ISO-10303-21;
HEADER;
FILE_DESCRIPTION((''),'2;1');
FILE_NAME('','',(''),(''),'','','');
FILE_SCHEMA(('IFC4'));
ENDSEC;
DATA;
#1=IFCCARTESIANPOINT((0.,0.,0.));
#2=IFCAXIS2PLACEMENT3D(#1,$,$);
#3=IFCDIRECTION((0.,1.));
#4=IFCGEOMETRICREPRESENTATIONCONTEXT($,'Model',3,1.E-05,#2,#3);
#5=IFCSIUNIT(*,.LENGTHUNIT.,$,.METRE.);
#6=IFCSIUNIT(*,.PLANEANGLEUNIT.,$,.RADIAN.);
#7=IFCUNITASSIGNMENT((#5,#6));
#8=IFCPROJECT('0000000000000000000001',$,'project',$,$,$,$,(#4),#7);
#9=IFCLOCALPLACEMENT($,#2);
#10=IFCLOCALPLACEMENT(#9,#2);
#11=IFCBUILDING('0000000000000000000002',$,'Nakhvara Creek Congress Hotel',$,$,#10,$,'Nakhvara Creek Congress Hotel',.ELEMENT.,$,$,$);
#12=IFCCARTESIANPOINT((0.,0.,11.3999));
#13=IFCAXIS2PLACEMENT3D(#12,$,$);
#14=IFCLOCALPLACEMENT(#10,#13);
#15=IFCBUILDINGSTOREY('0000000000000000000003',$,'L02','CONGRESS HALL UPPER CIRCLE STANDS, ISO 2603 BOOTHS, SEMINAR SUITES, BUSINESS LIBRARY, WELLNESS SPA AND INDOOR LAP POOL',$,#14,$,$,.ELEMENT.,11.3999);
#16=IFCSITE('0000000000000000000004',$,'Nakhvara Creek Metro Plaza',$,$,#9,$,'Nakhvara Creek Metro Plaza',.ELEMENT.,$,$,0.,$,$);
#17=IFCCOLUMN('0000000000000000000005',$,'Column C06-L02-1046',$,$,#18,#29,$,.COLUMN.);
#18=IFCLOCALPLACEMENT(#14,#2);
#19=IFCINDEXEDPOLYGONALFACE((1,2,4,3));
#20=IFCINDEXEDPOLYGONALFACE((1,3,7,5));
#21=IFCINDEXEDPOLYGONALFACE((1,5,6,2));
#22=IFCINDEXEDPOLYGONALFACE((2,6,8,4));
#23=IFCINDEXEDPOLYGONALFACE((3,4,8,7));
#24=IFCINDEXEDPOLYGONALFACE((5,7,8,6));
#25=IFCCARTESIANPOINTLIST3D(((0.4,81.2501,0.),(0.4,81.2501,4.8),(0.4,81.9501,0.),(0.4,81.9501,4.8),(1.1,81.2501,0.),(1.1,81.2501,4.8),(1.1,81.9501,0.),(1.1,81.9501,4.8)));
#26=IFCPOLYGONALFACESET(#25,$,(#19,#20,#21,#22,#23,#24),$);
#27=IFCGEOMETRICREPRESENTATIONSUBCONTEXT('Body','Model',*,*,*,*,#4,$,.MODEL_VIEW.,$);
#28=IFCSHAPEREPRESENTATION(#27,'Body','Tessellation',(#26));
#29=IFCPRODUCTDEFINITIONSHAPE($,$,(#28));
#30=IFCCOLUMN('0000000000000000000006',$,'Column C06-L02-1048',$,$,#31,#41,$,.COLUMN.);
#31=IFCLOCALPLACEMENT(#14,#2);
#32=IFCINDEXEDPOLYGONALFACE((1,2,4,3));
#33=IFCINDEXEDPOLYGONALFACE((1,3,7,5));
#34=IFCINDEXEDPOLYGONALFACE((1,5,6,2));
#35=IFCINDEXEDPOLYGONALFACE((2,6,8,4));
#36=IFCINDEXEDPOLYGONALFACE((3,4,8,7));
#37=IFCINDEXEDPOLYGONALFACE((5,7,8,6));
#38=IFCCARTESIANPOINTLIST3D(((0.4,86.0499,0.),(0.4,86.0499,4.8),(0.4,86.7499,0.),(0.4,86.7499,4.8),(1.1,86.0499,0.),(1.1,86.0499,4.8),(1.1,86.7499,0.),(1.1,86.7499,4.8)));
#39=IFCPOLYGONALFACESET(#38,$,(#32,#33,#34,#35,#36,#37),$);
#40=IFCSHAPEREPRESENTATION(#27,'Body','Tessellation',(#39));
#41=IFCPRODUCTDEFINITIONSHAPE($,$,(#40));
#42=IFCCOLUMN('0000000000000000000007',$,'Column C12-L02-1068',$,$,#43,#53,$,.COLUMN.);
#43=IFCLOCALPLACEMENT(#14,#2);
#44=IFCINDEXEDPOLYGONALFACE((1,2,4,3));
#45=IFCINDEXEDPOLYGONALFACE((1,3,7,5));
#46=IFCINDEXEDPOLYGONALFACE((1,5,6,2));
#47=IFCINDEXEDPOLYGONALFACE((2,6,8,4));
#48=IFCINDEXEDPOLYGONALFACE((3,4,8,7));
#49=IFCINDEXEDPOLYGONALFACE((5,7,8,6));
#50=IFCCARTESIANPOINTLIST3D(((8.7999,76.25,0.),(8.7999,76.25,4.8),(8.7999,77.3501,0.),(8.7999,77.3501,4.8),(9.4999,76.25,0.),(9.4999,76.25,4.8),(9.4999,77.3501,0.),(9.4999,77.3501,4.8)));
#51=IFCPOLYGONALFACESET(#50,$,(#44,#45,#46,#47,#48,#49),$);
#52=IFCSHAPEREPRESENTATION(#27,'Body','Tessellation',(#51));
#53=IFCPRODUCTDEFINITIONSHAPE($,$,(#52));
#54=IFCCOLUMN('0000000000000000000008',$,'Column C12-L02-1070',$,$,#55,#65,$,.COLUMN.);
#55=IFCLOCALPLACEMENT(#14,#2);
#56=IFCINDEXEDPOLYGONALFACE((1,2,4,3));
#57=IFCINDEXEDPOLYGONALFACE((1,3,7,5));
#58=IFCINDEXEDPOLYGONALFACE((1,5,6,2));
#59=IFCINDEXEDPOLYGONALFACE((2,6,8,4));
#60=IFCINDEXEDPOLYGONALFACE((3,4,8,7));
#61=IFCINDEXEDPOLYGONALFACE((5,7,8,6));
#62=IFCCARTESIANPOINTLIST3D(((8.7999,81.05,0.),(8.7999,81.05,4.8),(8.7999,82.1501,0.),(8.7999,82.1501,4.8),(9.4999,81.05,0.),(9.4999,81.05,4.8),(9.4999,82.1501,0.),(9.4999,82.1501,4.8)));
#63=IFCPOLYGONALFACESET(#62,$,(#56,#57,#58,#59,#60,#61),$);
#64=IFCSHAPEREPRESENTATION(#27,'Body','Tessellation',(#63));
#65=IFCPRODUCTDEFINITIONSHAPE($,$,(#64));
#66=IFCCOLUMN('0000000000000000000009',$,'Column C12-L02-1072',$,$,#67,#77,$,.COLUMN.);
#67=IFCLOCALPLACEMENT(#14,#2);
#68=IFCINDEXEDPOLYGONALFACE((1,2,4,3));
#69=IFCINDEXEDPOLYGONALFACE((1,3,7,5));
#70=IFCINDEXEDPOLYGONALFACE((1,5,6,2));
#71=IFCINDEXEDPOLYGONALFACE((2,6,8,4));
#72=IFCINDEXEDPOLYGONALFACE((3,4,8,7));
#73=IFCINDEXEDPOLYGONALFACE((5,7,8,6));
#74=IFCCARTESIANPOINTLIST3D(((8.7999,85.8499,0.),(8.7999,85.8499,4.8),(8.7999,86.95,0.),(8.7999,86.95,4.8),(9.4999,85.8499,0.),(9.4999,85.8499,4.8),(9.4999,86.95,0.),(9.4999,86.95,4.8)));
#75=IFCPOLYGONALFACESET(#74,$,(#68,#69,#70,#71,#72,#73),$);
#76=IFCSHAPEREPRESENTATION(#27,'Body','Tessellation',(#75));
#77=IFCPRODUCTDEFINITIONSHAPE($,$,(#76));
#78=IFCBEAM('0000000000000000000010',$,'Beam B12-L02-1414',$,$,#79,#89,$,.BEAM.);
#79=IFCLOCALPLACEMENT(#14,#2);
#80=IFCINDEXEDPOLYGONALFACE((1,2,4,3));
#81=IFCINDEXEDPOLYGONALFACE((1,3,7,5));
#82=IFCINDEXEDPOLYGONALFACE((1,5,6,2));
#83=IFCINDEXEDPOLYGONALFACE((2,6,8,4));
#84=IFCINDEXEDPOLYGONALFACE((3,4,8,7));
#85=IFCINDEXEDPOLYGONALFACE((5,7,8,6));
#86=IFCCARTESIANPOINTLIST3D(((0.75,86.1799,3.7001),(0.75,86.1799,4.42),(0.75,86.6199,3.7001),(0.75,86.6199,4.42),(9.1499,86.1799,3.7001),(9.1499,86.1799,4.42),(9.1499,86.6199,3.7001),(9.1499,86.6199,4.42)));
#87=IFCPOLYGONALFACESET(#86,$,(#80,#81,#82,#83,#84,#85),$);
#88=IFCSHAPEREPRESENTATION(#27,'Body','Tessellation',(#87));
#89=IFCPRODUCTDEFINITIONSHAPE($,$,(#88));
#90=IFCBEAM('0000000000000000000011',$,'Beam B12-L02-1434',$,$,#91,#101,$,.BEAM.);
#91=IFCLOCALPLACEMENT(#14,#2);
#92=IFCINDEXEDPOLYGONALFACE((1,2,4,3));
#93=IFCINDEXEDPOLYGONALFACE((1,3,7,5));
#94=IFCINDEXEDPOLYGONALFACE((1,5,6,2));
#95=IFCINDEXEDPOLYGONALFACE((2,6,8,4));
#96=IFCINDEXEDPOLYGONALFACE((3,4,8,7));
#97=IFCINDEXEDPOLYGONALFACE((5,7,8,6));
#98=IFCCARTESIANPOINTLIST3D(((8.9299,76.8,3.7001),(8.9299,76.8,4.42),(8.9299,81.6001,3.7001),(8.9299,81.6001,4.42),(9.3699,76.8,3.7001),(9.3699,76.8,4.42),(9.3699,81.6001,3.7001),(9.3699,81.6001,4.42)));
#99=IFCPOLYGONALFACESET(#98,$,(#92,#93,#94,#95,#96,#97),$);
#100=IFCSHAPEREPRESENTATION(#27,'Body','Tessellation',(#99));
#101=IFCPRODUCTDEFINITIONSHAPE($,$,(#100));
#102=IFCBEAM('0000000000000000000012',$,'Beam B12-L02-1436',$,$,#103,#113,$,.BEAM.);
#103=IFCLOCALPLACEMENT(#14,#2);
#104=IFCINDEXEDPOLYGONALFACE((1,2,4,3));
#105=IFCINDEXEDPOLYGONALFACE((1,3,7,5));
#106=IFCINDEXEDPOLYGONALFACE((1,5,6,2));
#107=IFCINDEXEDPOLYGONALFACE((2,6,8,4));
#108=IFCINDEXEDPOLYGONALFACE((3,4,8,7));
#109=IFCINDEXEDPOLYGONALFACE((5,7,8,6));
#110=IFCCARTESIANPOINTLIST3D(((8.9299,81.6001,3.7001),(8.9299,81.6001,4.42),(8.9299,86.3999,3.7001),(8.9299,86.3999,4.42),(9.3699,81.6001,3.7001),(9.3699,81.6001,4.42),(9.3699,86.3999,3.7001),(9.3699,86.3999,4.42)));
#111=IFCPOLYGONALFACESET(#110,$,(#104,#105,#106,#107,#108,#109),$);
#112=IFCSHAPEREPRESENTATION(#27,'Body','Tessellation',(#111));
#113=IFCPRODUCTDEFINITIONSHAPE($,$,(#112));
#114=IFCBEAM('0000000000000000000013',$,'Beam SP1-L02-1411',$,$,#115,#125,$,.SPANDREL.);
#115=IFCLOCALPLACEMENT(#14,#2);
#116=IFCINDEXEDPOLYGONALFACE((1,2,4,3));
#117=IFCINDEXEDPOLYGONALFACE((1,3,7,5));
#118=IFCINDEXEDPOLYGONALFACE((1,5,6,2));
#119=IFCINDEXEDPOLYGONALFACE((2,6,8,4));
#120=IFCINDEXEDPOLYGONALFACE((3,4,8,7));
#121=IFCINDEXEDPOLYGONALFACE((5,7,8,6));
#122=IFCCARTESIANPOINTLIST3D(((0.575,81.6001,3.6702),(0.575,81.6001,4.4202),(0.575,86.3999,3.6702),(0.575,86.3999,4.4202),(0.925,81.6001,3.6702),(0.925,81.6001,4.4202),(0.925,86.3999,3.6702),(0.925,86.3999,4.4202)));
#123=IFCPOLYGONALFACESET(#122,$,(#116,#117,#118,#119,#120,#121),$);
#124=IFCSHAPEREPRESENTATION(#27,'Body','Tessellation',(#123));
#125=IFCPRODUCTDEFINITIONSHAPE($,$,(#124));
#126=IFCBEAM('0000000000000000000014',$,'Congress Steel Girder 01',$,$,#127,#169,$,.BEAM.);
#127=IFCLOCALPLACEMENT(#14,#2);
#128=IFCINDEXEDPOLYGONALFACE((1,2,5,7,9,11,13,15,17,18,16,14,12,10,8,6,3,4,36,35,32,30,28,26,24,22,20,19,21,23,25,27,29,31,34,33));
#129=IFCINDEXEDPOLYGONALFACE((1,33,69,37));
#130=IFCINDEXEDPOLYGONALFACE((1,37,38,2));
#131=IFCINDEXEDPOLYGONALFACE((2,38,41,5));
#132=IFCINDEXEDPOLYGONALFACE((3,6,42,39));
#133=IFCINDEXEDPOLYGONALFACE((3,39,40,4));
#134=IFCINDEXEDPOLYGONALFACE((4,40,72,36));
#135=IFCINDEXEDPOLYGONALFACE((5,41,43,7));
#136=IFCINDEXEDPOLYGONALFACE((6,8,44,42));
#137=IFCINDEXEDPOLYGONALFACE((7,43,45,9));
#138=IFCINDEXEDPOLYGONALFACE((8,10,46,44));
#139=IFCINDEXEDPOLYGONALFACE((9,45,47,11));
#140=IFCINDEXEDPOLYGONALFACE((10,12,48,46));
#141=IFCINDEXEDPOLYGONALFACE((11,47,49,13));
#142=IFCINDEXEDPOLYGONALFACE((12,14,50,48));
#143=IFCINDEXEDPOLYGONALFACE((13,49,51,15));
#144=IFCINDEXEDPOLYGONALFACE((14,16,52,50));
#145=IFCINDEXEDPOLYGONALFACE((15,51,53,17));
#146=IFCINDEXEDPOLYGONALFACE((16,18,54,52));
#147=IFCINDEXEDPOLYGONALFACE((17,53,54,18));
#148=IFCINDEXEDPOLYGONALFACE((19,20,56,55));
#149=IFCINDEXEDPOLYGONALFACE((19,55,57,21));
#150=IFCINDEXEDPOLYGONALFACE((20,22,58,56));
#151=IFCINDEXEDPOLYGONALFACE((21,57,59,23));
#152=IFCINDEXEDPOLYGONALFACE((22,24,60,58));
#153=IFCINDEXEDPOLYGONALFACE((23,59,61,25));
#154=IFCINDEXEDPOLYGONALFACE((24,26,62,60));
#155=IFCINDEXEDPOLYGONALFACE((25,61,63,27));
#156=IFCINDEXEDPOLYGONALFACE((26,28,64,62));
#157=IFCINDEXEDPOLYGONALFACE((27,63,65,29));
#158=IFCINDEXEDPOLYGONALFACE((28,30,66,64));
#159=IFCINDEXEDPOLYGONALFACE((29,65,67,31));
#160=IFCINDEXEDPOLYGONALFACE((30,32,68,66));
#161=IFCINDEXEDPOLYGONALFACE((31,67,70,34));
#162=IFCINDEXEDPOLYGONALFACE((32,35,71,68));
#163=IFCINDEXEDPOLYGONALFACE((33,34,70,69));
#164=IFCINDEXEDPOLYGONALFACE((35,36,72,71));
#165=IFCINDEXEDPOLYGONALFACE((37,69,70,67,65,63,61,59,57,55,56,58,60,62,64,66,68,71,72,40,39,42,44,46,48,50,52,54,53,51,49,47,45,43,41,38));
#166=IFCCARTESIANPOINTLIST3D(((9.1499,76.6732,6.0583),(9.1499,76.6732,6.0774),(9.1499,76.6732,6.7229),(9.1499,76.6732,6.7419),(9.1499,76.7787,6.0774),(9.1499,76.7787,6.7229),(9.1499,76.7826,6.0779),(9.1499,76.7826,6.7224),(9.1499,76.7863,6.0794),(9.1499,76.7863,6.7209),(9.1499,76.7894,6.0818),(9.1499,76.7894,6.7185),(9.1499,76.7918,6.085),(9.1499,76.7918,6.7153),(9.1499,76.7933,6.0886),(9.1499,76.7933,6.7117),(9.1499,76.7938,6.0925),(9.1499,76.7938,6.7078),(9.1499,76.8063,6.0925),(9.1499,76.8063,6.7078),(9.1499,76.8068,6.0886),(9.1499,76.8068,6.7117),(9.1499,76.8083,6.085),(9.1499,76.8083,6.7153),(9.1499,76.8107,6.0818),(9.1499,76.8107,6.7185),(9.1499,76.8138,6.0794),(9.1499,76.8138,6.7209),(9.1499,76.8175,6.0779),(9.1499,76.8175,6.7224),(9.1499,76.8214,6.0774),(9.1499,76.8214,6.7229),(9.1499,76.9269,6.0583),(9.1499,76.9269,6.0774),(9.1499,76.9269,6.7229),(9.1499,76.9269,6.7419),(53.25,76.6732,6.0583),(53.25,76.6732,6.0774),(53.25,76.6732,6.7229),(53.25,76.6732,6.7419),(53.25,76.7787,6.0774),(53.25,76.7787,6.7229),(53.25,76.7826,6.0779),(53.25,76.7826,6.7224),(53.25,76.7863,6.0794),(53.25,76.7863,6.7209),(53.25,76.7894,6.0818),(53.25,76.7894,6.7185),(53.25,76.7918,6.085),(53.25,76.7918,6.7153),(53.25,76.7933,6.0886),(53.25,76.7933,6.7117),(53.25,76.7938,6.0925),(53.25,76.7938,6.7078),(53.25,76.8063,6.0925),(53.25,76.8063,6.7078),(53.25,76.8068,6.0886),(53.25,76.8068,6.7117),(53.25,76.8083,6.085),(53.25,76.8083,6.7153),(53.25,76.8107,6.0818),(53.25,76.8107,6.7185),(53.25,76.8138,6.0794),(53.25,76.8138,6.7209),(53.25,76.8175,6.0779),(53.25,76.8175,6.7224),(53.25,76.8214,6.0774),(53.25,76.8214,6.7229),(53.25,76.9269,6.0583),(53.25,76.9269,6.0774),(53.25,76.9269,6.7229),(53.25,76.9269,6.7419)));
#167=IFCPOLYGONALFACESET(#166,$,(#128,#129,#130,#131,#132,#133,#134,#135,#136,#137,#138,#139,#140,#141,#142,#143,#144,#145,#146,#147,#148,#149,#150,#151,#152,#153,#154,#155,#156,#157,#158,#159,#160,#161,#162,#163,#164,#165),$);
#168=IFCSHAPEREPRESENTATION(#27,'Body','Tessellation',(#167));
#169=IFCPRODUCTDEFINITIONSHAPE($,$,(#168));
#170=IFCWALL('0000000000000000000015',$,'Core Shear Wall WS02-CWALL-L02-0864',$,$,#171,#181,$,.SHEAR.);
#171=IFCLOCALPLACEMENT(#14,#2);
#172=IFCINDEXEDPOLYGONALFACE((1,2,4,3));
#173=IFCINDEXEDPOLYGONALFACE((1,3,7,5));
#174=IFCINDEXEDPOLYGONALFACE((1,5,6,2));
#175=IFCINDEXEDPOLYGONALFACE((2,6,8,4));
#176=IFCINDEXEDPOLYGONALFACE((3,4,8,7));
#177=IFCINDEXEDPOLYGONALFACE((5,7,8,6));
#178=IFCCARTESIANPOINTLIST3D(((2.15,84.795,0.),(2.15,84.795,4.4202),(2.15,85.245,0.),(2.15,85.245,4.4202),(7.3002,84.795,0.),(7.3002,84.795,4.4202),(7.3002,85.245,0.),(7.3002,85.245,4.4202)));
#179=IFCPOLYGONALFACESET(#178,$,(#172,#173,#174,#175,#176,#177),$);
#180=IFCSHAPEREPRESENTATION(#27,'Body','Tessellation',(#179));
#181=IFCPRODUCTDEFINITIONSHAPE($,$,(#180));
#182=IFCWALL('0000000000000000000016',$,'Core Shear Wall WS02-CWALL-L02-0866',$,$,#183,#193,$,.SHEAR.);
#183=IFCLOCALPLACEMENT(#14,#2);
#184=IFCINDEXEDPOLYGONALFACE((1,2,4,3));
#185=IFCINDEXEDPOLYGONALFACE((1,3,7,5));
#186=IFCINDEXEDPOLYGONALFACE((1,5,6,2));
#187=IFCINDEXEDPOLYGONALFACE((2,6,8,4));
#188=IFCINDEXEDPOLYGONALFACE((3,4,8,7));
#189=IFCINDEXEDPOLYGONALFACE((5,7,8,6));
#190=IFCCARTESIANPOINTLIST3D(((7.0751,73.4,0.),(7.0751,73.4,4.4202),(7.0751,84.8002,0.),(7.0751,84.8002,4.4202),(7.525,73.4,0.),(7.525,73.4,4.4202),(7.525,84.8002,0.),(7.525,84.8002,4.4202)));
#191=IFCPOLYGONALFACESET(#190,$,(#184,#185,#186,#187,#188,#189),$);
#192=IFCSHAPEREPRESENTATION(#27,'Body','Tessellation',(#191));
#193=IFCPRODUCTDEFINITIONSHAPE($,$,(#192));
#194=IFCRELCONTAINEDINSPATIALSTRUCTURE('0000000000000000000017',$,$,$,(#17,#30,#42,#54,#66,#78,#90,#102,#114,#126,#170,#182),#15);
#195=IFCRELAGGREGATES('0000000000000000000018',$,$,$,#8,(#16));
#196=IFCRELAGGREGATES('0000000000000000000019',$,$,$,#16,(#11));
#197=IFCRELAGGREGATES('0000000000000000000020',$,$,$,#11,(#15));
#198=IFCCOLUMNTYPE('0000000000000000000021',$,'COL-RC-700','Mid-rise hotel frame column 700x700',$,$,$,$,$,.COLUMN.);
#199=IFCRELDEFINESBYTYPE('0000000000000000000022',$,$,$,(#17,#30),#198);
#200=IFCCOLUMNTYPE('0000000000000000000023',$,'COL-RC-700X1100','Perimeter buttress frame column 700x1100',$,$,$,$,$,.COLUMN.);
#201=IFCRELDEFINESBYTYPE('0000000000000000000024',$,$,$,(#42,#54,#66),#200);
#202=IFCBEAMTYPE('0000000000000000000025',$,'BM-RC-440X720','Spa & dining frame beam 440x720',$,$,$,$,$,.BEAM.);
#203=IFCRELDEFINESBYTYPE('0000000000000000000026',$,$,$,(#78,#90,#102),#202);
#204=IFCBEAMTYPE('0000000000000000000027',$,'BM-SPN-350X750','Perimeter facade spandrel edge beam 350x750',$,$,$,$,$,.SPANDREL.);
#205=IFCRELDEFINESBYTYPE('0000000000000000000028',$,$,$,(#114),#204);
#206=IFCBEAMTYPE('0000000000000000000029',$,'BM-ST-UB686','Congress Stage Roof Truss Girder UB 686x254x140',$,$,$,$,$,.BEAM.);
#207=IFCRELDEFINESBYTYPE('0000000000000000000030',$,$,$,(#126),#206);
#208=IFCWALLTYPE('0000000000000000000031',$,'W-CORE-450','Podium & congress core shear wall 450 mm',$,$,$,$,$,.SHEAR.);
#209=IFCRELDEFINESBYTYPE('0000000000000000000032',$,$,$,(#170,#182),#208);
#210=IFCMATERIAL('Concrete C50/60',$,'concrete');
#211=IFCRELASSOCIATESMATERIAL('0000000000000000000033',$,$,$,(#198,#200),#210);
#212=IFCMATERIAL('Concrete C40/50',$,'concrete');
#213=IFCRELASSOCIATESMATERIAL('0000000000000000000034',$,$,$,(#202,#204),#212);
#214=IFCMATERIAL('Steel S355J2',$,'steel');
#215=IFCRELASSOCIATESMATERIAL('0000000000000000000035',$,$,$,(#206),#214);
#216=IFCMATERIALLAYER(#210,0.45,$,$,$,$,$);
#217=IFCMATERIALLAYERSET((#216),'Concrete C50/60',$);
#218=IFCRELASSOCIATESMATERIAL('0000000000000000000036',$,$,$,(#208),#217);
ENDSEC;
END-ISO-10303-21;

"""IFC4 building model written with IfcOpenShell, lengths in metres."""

from ifc_helpers import new_model, si_unit, direction, frame, frame_2d, origin, origin_2d, place, context, subcontext, project, spatial, rectangle, i_section, extrude, material, layer, layer_set, material_profile, profile_set, type_object, element, save


model = new_model("IFC4")

# Units and contexts
model_context = context("Model", 3, precision=1e-05, world=origin(), true_north=direction((0.0, 1.0)))
body_context = subcontext(model_context, "Body", "Model", "MODEL_VIEW")
ifc_project = project(units=[si_unit("LENGTHUNIT", "METRE"), si_unit("PLANEANGLEUNIT", "RADIAN")], contexts=[model_context])

# Site, building, storey
site_placement = place(None, origin())
site = spatial("IfcSite", under=ifc_project, at=site_placement, Name="Nakhvara Creek Metro Plaza", LongName="Nakhvara Creek Metro Plaza", CompositionType="ELEMENT", RefElevation=0.0)
building_placement = place(site_placement, origin())
building = spatial("IfcBuilding", under=site, at=building_placement, Name="Nakhvara Creek Congress Hotel", LongName="Nakhvara Creek Congress Hotel", CompositionType="ELEMENT")
storey_placement = place(building_placement, frame((0.0, 0.0, 11.3999)))
storey = spatial("IfcBuildingStorey", under=building, at=storey_placement, Name="L02", Description="CONGRESS HALL UPPER CIRCLE STANDS, ISO 2603 BOOTHS, SEMINAR SUITES, BUSINESS LIBRARY, WELLNESS SPA AND INDOOR LAP POOL", CompositionType="ELEMENT", Elevation=11.3999)

# Columns
ifc_material_1 = material(Name="Concrete C50/60", Category="concrete")
ifc_material_profile_1 = material_profile(ifc_material_1, rectangle(XDim=0.7, YDim=0.7, at=origin_2d()), Name="RC-COL 700x700", Category="LoadBearing")
ifc_profile_set_1 = profile_set([ifc_material_profile_1], Name="Concrete C50/60")
column_type_1 = type_object("IfcColumnType", Name="COL-RC-700", Description="Mid-rise hotel frame column 700x700", PredefinedType="COLUMN", material=ifc_profile_set_1)
for number, where, z_axis, x_axis, name in (
    (1, (0.75, 81.6001, 0.0), (0.0, 0.0, 1.0), (1.0, 0.0, 0.0), "Column C06-L02-1046"),
    (2, (0.75, 86.3999, 0.0), (0.0, 0.0, 1.0), (1.0, 0.0, 0.0), "Column C06-L02-1048"),
):
    element("IfcColumn", number, at=place(storey_placement, frame(where, z_axis=z_axis, x_axis=x_axis)), inside=storey, type_object=column_type_1, Name=name, PredefinedType="COLUMN", context=body_context, shape_type="SweptSolid", body=[
        extrude(rectangle(XDim=0.7, YDim=0.7, at=origin_2d()), origin(), (0.0, 0.0, 1.0), 4.8),
    ])
ifc_material_profile_2 = material_profile(ifc_material_1, rectangle(XDim=0.7, YDim=1.1001, at=origin_2d()), Name="RC-COL 700x1100", Category="LoadBearing")
ifc_profile_set_2 = profile_set([ifc_material_profile_2], Name="Concrete C50/60")
column_type_2 = type_object("IfcColumnType", Name="COL-RC-700X1100", Description="Perimeter buttress frame column 700x1100", PredefinedType="COLUMN", material=ifc_profile_set_2)
for number, where, z_axis, x_axis, name in (
    (3, (9.1499, 76.8, 0.0), (0.0, 0.0, 1.0), (1.0, 0.0, 0.0), "Column C12-L02-1068"),
    (4, (9.1499, 81.6001, 0.0), (0.0, 0.0, 1.0), (1.0, 0.0, 0.0), "Column C12-L02-1070"),
    (5, (9.1499, 86.3999, 0.0), (0.0, 0.0, 1.0), (1.0, 0.0, 0.0), "Column C12-L02-1072"),
):
    element("IfcColumn", number, at=place(storey_placement, frame(where, z_axis=z_axis, x_axis=x_axis)), inside=storey, type_object=column_type_2, Name=name, PredefinedType="COLUMN", context=body_context, shape_type="SweptSolid", body=[
        extrude(rectangle(XDim=0.7, YDim=1.1001, at=origin_2d()), origin(), (0.0, 0.0, 1.0), 4.8),
    ])

# Beams
ifc_material_2 = material(Name="Concrete C40/50", Category="concrete")
ifc_material_profile_3 = material_profile(ifc_material_2, rectangle(XDim=0.4399, YDim=0.72, at=origin_2d()), Name="RC-BM 440x720", Category="LoadBearing")
ifc_profile_set_3 = profile_set([ifc_material_profile_3], Name="Concrete C40/50")
beam_type_1 = type_object("IfcBeamType", Name="BM-RC-440X720", Description="Spa & dining frame beam 440x720", PredefinedType="BEAM", material=ifc_profile_set_3)
beam_1_placement = place(storey_placement, frame((0.75, 86.3999, 4.0601), z_axis=(1.0, 0.0, 0.0), x_axis=(0.0, 1.0, 0.0)))
element("IfcBeam", 6, at=beam_1_placement, inside=storey, type_object=beam_type_1, Name="Beam B12-L02-1414", PredefinedType="BEAM", context=body_context, shape_type="SweptSolid", body=[
    extrude(rectangle(XDim=0.4399, YDim=0.72, at=origin_2d()), origin(), (0.0, 0.0, 1.0), 8.3999),
])
beam_2_placement = place(storey_placement, frame((9.1499, 76.8, 4.0601), z_axis=(0.0, 1.0, 0.0), x_axis=(-1.0, 0.0, 0.0)))
element("IfcBeam", 7, at=beam_2_placement, inside=storey, type_object=beam_type_1, Name="Beam B12-L02-1434", PredefinedType="BEAM", context=body_context, shape_type="SweptSolid", body=[
    extrude(rectangle(XDim=0.4399, YDim=0.72, at=origin_2d()), origin(), (0.0, 0.0, 1.0), 4.8),
])
beam_3_placement = place(storey_placement, frame((9.1499, 81.6001, 4.0601), z_axis=(0.0, 1.0, 0.0), x_axis=(-1.0, 0.0, 0.0)))
element("IfcBeam", 8, at=beam_3_placement, inside=storey, type_object=beam_type_1, Name="Beam B12-L02-1436", PredefinedType="BEAM", context=body_context, shape_type="SweptSolid", body=[
    extrude(rectangle(XDim=0.4399, YDim=0.72, at=origin_2d()), origin(), (0.0, 0.0, 1.0), 4.7998),
])
ifc_material_profile_4 = material_profile(ifc_material_2, rectangle(XDim=0.3501, YDim=0.75, at=origin_2d()), Name="RC-SPANDREL 350x750", Category="LoadBearing")
ifc_profile_set_4 = profile_set([ifc_material_profile_4], Name="Concrete C40/50")
beam_type_2 = type_object("IfcBeamType", Name="BM-SPN-350X750", Description="Perimeter facade spandrel edge beam 350x750", PredefinedType="SPANDREL", material=ifc_profile_set_4)
beam_4_placement = place(storey_placement, frame((0.75, 81.6001, 4.0452), z_axis=(0.0, 1.0, 0.0), x_axis=(-1.0, 0.0, 0.0)))
element("IfcBeam", 9, at=beam_4_placement, inside=storey, type_object=beam_type_2, Name="Beam SP1-L02-1411", PredefinedType="SPANDREL", context=body_context, shape_type="SweptSolid", body=[
    extrude(rectangle(XDim=0.3501, YDim=0.75, at=origin_2d()), origin(), (0.0, 0.0, 1.0), 4.7998),
])
ifc_material_3 = material(Name="Steel S355J2", Category="steel")
ifc_material_profile_5 = material_profile(ifc_material_3, i_section(OverallWidth=0.2537, OverallDepth=0.6836, WebThickness=0.0125, FlangeThickness=0.019, FilletRadius=0.0151, at=origin_2d()), Name="UB 686x254x140", Category="LoadBearing")
ifc_profile_set_5 = profile_set([ifc_material_profile_5], Name="Steel S355J2")
beam_type_3 = type_object("IfcBeamType", Name="BM-ST-UB686", Description="Congress Stage Roof Truss Girder UB 686x254x140", PredefinedType="BEAM", material=ifc_profile_set_5)
beam_5_placement = place(storey_placement, frame((9.1499, 76.8, 6.4001), z_axis=(1.0, 0.0, 0.0), x_axis=(0.0, 1.0, 0.0)))
element("IfcBeam", 10, at=beam_5_placement, inside=storey, type_object=beam_type_3, Name="Congress Steel Girder 01", PredefinedType="BEAM", context=body_context, shape_type="SweptSolid", body=[
    extrude(i_section(OverallWidth=0.2537, OverallDepth=0.6836, WebThickness=0.0125, FlangeThickness=0.019, FilletRadius=0.0151, at=origin_2d()), origin(), (0.0, 0.0, 1.0), 44.1001),
])

# Walls
ifc_layer_1 = layer(ifc_material_1, 0.45)
ifc_layer_set_1 = layer_set([ifc_layer_1], Name="Concrete C50/60")
wall_type_1 = type_object("IfcWallType", Name="W-CORE-450", Description="Podium & congress core shear wall 450 mm", PredefinedType="SHEAR", material=ifc_layer_set_1)
wall_1_placement = place(storey_placement, frame((2.1499, 85.02, 0.0), z_axis=(0.0, 0.0, 1.0), x_axis=(1.0, 0.0, 0.0)))
element("IfcWall", 11, at=wall_1_placement, inside=storey, type_object=wall_type_1, Name="Core Shear Wall WS02-CWALL-L02-0864", PredefinedType="SHEAR", context=body_context, shape_type="SweptSolid", body=[
    extrude(rectangle(XDim=5.1501, YDim=0.45, at=frame_2d((2.5752, 0.0))), origin(), (0.0, 0.0, 1.0), 4.4202),
])
wall_2_placement = place(storey_placement, frame((7.3, 73.3999, 0.0), z_axis=(0.0, 0.0, 1.0), x_axis=(0.0, 1.0, 0.0)))
element("IfcWall", 12, at=wall_2_placement, inside=storey, type_object=wall_type_1, Name="Core Shear Wall WS02-CWALL-L02-0866", PredefinedType="SHEAR", context=body_context, shape_type="SweptSolid", body=[
    extrude(rectangle(XDim=11.4001, YDim=0.45, at=frame_2d((5.7002, 0.0))), origin(), (0.0, 0.0, 1.0), 4.4202),
])

save(model, "model.ifc")
